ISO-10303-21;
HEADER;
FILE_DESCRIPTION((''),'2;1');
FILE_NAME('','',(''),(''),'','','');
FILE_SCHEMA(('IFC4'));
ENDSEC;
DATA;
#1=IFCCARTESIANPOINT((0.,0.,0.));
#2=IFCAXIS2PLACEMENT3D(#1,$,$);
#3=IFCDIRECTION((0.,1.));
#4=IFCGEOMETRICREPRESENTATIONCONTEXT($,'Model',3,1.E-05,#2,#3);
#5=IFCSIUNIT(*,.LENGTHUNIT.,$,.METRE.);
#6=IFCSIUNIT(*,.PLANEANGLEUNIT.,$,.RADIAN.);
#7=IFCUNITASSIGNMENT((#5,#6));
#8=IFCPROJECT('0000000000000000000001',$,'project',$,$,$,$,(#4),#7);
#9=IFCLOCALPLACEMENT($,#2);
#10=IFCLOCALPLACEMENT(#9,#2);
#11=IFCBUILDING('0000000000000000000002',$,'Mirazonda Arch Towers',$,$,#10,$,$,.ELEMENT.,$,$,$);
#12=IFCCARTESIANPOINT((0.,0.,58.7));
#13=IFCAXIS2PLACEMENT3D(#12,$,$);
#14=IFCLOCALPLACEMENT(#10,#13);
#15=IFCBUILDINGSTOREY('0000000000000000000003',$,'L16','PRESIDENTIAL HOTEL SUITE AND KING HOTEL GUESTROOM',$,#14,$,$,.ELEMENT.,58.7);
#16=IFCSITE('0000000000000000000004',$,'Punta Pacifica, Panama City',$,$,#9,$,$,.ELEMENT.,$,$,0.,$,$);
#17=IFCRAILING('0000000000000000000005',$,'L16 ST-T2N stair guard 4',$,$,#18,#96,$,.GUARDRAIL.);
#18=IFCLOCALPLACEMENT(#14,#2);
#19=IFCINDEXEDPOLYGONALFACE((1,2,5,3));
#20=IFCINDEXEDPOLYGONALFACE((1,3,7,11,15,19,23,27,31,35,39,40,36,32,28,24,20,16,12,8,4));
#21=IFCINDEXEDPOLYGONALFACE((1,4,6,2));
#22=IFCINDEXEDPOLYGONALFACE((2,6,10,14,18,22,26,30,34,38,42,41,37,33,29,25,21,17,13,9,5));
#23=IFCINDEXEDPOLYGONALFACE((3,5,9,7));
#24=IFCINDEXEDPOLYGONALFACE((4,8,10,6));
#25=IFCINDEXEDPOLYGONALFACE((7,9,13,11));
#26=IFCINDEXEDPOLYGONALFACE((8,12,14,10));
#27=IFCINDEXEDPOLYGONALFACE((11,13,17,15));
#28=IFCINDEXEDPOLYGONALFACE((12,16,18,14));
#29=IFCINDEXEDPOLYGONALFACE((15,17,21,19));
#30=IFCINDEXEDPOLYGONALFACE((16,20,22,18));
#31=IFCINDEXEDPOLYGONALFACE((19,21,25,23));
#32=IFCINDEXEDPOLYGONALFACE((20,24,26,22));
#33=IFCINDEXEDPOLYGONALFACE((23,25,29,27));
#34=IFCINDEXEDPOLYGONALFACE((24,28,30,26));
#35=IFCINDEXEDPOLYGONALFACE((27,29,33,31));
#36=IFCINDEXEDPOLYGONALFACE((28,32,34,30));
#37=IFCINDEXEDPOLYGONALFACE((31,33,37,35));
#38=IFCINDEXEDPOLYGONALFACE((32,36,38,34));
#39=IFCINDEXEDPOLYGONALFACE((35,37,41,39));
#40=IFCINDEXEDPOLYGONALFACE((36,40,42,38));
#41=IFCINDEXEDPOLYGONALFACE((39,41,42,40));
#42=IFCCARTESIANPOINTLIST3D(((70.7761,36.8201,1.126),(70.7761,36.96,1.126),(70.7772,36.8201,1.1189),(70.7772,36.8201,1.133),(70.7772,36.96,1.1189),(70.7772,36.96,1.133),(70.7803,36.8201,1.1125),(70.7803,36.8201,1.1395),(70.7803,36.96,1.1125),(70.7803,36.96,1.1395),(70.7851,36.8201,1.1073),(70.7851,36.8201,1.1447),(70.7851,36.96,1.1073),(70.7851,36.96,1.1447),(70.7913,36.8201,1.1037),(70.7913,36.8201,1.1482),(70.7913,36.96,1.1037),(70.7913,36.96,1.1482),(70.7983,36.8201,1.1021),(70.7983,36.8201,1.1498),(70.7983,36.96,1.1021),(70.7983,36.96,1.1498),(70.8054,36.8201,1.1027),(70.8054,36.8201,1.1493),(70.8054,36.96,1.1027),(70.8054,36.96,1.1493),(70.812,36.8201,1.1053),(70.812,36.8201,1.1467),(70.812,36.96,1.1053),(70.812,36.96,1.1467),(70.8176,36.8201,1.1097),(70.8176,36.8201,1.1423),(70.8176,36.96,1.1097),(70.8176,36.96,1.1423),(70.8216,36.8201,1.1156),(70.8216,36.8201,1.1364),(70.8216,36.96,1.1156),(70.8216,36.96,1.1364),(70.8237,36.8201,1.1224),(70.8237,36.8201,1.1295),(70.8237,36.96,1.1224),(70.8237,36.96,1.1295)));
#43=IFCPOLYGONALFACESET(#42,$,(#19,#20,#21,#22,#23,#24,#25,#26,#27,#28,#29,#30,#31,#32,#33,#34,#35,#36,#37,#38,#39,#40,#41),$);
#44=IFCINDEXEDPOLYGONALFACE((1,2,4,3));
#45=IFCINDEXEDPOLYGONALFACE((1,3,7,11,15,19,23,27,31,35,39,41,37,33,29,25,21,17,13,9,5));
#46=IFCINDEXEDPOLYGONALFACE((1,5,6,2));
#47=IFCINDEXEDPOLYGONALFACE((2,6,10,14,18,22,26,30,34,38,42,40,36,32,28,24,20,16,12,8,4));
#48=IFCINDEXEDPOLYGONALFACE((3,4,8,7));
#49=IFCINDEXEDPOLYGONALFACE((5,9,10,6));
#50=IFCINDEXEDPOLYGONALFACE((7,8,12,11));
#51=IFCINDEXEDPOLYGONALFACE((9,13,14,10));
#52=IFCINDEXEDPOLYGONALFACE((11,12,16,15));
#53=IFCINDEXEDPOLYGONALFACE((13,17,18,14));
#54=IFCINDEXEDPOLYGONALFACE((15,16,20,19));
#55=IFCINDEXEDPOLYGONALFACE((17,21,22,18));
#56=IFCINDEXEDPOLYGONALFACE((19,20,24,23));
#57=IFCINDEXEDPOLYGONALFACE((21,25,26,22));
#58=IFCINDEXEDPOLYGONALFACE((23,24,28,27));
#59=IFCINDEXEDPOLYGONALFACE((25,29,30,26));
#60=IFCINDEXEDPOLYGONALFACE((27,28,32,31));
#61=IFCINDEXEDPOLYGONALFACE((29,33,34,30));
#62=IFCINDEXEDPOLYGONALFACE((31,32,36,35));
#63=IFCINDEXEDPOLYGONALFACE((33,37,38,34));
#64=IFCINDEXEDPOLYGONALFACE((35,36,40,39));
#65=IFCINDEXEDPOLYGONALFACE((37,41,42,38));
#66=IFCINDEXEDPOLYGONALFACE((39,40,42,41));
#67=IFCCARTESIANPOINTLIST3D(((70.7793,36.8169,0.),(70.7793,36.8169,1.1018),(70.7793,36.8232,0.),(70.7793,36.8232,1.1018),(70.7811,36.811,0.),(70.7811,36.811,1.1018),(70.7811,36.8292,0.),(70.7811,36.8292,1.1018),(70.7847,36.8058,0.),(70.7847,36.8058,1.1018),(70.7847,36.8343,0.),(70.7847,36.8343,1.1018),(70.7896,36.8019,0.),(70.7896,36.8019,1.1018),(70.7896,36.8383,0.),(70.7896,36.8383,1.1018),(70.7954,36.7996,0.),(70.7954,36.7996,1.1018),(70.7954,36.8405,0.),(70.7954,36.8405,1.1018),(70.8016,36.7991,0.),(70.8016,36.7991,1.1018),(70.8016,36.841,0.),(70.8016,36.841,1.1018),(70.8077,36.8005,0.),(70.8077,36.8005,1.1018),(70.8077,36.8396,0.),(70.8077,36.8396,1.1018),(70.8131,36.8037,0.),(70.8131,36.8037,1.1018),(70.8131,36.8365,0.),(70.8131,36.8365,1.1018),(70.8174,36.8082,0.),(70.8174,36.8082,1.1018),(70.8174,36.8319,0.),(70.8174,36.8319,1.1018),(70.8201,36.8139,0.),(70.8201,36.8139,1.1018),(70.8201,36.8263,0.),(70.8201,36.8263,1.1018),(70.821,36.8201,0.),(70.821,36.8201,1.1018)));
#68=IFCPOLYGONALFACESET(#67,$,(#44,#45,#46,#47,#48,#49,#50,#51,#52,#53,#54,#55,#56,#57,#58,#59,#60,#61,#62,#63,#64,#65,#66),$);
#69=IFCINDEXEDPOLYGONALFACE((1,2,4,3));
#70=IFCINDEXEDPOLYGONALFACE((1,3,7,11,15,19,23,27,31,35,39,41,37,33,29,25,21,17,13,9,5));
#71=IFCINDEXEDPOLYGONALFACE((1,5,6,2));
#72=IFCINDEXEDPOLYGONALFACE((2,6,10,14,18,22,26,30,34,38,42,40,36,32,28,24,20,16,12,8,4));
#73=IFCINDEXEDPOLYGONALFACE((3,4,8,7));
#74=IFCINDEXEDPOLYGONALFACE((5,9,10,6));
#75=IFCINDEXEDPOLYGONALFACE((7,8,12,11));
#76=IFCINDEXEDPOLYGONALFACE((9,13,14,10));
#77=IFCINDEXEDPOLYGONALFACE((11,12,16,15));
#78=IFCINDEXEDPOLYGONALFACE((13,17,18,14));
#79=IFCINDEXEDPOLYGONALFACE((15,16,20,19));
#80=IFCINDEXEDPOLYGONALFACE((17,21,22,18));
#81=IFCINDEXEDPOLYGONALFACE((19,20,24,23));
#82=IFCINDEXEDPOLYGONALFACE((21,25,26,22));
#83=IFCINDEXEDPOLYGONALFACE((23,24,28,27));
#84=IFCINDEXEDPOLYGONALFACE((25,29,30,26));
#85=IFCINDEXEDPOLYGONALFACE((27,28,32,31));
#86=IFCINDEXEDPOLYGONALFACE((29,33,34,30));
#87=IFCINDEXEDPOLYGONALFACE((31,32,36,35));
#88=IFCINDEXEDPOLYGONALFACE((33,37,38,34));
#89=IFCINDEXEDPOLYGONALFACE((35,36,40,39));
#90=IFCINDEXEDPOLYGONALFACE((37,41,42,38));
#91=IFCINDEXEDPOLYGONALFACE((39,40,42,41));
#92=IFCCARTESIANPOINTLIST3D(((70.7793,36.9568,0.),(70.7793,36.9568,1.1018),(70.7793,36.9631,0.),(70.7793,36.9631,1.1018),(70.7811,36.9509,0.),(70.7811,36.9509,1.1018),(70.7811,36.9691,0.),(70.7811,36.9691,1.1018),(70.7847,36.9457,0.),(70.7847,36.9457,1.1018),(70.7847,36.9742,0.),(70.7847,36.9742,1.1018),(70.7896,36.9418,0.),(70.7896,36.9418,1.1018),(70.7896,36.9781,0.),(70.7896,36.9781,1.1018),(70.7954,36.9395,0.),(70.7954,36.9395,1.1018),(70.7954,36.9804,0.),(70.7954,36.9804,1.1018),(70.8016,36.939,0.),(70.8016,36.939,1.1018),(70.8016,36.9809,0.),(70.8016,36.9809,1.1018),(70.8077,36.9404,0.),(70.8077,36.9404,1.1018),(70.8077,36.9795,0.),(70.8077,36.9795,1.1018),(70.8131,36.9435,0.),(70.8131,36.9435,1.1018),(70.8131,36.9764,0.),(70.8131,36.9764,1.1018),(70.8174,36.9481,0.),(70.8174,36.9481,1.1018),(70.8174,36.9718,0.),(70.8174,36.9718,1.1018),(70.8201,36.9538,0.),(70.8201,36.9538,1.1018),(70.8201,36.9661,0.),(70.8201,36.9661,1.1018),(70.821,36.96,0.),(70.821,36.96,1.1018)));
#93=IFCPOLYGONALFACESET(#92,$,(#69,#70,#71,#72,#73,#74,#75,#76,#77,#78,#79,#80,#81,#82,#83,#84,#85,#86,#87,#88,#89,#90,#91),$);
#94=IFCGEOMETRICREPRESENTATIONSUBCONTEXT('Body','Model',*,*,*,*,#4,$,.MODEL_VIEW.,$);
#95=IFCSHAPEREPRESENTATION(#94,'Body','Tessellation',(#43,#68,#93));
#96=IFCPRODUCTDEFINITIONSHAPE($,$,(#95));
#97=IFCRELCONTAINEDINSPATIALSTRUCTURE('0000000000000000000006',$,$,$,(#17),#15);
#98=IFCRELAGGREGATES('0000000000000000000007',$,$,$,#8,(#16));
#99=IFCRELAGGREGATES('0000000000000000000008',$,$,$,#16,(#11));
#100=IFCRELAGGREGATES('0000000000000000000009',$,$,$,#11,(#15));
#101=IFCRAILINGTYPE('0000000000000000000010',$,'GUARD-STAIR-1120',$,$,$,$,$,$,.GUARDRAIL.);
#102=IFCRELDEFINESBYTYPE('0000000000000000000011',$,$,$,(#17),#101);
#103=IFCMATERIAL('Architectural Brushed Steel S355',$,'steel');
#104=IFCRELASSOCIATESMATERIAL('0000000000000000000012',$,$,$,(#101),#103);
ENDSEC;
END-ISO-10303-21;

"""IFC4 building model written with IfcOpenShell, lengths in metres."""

from ifc_helpers import new_model, si_unit, direction, frame, origin, origin_2d, place, context, subcontext, project, spatial, circle, extrude, material, type_object, element, save


model = new_model("IFC4")

# Units and contexts
model_context = context("Model", 3, precision=1e-05, world=origin(), true_north=direction((0.0, 1.0)))
body_context = subcontext(model_context, "Body", "Model", "MODEL_VIEW")
ifc_project = project(units=[si_unit("LENGTHUNIT", "METRE"), si_unit("PLANEANGLEUNIT", "RADIAN")], contexts=[model_context])

# Site, building, storey
site_placement = place(None, origin())
site = spatial("IfcSite", under=ifc_project, at=site_placement, Name="Punta Pacifica, Panama City", CompositionType="ELEMENT", RefElevation=0.0)
building_placement = place(site_placement, origin())
building = spatial("IfcBuilding", under=site, at=building_placement, Name="Mirazonda Arch Towers", CompositionType="ELEMENT")
storey_placement = place(building_placement, frame((0.0, 0.0, 58.7)))
storey = spatial("IfcBuildingStorey", under=building, at=storey_placement, Name="L16", Description="PRESIDENTIAL HOTEL SUITE AND KING HOTEL GUESTROOM", CompositionType="ELEMENT", Elevation=58.7)

# Railing
ifc_material_1 = material(Name="Architectural Brushed Steel S355", Category="steel")
railing_type = type_object("IfcRailingType", Name="GUARD-STAIR-1120", PredefinedType="GUARDRAIL", material=ifc_material_1)
railing_1_placement = place(storey_placement, frame((70.8, 36.8201, 0.0)))
element("IfcRailing", 1, at=railing_1_placement, inside=storey, type_object=railing_type, Name="L16 ST-T2N stair guard 4", PredefinedType="GUARDRAIL", context=body_context, shape_type="SweptSolid", body=[
    extrude(circle(Radius=0.0239, at=origin_2d()), frame((0.0, 0.0, 1.126), z_axis=(0.0, 1.0, 0.0), x_axis=(-1.0, 0.0, 0.0)), (0.0, 0.0, 1.0), 0.1399),
    extrude(circle(Radius=0.021, at=origin_2d()), origin(), (0.0, 0.0, 1.0), 1.1018),
    extrude(circle(Radius=0.021, at=origin_2d()), frame((0.0, 0.1399, 0.0)), (0.0, 0.0, 1.0), 1.1018),
])

save(model, "model.ifc")
